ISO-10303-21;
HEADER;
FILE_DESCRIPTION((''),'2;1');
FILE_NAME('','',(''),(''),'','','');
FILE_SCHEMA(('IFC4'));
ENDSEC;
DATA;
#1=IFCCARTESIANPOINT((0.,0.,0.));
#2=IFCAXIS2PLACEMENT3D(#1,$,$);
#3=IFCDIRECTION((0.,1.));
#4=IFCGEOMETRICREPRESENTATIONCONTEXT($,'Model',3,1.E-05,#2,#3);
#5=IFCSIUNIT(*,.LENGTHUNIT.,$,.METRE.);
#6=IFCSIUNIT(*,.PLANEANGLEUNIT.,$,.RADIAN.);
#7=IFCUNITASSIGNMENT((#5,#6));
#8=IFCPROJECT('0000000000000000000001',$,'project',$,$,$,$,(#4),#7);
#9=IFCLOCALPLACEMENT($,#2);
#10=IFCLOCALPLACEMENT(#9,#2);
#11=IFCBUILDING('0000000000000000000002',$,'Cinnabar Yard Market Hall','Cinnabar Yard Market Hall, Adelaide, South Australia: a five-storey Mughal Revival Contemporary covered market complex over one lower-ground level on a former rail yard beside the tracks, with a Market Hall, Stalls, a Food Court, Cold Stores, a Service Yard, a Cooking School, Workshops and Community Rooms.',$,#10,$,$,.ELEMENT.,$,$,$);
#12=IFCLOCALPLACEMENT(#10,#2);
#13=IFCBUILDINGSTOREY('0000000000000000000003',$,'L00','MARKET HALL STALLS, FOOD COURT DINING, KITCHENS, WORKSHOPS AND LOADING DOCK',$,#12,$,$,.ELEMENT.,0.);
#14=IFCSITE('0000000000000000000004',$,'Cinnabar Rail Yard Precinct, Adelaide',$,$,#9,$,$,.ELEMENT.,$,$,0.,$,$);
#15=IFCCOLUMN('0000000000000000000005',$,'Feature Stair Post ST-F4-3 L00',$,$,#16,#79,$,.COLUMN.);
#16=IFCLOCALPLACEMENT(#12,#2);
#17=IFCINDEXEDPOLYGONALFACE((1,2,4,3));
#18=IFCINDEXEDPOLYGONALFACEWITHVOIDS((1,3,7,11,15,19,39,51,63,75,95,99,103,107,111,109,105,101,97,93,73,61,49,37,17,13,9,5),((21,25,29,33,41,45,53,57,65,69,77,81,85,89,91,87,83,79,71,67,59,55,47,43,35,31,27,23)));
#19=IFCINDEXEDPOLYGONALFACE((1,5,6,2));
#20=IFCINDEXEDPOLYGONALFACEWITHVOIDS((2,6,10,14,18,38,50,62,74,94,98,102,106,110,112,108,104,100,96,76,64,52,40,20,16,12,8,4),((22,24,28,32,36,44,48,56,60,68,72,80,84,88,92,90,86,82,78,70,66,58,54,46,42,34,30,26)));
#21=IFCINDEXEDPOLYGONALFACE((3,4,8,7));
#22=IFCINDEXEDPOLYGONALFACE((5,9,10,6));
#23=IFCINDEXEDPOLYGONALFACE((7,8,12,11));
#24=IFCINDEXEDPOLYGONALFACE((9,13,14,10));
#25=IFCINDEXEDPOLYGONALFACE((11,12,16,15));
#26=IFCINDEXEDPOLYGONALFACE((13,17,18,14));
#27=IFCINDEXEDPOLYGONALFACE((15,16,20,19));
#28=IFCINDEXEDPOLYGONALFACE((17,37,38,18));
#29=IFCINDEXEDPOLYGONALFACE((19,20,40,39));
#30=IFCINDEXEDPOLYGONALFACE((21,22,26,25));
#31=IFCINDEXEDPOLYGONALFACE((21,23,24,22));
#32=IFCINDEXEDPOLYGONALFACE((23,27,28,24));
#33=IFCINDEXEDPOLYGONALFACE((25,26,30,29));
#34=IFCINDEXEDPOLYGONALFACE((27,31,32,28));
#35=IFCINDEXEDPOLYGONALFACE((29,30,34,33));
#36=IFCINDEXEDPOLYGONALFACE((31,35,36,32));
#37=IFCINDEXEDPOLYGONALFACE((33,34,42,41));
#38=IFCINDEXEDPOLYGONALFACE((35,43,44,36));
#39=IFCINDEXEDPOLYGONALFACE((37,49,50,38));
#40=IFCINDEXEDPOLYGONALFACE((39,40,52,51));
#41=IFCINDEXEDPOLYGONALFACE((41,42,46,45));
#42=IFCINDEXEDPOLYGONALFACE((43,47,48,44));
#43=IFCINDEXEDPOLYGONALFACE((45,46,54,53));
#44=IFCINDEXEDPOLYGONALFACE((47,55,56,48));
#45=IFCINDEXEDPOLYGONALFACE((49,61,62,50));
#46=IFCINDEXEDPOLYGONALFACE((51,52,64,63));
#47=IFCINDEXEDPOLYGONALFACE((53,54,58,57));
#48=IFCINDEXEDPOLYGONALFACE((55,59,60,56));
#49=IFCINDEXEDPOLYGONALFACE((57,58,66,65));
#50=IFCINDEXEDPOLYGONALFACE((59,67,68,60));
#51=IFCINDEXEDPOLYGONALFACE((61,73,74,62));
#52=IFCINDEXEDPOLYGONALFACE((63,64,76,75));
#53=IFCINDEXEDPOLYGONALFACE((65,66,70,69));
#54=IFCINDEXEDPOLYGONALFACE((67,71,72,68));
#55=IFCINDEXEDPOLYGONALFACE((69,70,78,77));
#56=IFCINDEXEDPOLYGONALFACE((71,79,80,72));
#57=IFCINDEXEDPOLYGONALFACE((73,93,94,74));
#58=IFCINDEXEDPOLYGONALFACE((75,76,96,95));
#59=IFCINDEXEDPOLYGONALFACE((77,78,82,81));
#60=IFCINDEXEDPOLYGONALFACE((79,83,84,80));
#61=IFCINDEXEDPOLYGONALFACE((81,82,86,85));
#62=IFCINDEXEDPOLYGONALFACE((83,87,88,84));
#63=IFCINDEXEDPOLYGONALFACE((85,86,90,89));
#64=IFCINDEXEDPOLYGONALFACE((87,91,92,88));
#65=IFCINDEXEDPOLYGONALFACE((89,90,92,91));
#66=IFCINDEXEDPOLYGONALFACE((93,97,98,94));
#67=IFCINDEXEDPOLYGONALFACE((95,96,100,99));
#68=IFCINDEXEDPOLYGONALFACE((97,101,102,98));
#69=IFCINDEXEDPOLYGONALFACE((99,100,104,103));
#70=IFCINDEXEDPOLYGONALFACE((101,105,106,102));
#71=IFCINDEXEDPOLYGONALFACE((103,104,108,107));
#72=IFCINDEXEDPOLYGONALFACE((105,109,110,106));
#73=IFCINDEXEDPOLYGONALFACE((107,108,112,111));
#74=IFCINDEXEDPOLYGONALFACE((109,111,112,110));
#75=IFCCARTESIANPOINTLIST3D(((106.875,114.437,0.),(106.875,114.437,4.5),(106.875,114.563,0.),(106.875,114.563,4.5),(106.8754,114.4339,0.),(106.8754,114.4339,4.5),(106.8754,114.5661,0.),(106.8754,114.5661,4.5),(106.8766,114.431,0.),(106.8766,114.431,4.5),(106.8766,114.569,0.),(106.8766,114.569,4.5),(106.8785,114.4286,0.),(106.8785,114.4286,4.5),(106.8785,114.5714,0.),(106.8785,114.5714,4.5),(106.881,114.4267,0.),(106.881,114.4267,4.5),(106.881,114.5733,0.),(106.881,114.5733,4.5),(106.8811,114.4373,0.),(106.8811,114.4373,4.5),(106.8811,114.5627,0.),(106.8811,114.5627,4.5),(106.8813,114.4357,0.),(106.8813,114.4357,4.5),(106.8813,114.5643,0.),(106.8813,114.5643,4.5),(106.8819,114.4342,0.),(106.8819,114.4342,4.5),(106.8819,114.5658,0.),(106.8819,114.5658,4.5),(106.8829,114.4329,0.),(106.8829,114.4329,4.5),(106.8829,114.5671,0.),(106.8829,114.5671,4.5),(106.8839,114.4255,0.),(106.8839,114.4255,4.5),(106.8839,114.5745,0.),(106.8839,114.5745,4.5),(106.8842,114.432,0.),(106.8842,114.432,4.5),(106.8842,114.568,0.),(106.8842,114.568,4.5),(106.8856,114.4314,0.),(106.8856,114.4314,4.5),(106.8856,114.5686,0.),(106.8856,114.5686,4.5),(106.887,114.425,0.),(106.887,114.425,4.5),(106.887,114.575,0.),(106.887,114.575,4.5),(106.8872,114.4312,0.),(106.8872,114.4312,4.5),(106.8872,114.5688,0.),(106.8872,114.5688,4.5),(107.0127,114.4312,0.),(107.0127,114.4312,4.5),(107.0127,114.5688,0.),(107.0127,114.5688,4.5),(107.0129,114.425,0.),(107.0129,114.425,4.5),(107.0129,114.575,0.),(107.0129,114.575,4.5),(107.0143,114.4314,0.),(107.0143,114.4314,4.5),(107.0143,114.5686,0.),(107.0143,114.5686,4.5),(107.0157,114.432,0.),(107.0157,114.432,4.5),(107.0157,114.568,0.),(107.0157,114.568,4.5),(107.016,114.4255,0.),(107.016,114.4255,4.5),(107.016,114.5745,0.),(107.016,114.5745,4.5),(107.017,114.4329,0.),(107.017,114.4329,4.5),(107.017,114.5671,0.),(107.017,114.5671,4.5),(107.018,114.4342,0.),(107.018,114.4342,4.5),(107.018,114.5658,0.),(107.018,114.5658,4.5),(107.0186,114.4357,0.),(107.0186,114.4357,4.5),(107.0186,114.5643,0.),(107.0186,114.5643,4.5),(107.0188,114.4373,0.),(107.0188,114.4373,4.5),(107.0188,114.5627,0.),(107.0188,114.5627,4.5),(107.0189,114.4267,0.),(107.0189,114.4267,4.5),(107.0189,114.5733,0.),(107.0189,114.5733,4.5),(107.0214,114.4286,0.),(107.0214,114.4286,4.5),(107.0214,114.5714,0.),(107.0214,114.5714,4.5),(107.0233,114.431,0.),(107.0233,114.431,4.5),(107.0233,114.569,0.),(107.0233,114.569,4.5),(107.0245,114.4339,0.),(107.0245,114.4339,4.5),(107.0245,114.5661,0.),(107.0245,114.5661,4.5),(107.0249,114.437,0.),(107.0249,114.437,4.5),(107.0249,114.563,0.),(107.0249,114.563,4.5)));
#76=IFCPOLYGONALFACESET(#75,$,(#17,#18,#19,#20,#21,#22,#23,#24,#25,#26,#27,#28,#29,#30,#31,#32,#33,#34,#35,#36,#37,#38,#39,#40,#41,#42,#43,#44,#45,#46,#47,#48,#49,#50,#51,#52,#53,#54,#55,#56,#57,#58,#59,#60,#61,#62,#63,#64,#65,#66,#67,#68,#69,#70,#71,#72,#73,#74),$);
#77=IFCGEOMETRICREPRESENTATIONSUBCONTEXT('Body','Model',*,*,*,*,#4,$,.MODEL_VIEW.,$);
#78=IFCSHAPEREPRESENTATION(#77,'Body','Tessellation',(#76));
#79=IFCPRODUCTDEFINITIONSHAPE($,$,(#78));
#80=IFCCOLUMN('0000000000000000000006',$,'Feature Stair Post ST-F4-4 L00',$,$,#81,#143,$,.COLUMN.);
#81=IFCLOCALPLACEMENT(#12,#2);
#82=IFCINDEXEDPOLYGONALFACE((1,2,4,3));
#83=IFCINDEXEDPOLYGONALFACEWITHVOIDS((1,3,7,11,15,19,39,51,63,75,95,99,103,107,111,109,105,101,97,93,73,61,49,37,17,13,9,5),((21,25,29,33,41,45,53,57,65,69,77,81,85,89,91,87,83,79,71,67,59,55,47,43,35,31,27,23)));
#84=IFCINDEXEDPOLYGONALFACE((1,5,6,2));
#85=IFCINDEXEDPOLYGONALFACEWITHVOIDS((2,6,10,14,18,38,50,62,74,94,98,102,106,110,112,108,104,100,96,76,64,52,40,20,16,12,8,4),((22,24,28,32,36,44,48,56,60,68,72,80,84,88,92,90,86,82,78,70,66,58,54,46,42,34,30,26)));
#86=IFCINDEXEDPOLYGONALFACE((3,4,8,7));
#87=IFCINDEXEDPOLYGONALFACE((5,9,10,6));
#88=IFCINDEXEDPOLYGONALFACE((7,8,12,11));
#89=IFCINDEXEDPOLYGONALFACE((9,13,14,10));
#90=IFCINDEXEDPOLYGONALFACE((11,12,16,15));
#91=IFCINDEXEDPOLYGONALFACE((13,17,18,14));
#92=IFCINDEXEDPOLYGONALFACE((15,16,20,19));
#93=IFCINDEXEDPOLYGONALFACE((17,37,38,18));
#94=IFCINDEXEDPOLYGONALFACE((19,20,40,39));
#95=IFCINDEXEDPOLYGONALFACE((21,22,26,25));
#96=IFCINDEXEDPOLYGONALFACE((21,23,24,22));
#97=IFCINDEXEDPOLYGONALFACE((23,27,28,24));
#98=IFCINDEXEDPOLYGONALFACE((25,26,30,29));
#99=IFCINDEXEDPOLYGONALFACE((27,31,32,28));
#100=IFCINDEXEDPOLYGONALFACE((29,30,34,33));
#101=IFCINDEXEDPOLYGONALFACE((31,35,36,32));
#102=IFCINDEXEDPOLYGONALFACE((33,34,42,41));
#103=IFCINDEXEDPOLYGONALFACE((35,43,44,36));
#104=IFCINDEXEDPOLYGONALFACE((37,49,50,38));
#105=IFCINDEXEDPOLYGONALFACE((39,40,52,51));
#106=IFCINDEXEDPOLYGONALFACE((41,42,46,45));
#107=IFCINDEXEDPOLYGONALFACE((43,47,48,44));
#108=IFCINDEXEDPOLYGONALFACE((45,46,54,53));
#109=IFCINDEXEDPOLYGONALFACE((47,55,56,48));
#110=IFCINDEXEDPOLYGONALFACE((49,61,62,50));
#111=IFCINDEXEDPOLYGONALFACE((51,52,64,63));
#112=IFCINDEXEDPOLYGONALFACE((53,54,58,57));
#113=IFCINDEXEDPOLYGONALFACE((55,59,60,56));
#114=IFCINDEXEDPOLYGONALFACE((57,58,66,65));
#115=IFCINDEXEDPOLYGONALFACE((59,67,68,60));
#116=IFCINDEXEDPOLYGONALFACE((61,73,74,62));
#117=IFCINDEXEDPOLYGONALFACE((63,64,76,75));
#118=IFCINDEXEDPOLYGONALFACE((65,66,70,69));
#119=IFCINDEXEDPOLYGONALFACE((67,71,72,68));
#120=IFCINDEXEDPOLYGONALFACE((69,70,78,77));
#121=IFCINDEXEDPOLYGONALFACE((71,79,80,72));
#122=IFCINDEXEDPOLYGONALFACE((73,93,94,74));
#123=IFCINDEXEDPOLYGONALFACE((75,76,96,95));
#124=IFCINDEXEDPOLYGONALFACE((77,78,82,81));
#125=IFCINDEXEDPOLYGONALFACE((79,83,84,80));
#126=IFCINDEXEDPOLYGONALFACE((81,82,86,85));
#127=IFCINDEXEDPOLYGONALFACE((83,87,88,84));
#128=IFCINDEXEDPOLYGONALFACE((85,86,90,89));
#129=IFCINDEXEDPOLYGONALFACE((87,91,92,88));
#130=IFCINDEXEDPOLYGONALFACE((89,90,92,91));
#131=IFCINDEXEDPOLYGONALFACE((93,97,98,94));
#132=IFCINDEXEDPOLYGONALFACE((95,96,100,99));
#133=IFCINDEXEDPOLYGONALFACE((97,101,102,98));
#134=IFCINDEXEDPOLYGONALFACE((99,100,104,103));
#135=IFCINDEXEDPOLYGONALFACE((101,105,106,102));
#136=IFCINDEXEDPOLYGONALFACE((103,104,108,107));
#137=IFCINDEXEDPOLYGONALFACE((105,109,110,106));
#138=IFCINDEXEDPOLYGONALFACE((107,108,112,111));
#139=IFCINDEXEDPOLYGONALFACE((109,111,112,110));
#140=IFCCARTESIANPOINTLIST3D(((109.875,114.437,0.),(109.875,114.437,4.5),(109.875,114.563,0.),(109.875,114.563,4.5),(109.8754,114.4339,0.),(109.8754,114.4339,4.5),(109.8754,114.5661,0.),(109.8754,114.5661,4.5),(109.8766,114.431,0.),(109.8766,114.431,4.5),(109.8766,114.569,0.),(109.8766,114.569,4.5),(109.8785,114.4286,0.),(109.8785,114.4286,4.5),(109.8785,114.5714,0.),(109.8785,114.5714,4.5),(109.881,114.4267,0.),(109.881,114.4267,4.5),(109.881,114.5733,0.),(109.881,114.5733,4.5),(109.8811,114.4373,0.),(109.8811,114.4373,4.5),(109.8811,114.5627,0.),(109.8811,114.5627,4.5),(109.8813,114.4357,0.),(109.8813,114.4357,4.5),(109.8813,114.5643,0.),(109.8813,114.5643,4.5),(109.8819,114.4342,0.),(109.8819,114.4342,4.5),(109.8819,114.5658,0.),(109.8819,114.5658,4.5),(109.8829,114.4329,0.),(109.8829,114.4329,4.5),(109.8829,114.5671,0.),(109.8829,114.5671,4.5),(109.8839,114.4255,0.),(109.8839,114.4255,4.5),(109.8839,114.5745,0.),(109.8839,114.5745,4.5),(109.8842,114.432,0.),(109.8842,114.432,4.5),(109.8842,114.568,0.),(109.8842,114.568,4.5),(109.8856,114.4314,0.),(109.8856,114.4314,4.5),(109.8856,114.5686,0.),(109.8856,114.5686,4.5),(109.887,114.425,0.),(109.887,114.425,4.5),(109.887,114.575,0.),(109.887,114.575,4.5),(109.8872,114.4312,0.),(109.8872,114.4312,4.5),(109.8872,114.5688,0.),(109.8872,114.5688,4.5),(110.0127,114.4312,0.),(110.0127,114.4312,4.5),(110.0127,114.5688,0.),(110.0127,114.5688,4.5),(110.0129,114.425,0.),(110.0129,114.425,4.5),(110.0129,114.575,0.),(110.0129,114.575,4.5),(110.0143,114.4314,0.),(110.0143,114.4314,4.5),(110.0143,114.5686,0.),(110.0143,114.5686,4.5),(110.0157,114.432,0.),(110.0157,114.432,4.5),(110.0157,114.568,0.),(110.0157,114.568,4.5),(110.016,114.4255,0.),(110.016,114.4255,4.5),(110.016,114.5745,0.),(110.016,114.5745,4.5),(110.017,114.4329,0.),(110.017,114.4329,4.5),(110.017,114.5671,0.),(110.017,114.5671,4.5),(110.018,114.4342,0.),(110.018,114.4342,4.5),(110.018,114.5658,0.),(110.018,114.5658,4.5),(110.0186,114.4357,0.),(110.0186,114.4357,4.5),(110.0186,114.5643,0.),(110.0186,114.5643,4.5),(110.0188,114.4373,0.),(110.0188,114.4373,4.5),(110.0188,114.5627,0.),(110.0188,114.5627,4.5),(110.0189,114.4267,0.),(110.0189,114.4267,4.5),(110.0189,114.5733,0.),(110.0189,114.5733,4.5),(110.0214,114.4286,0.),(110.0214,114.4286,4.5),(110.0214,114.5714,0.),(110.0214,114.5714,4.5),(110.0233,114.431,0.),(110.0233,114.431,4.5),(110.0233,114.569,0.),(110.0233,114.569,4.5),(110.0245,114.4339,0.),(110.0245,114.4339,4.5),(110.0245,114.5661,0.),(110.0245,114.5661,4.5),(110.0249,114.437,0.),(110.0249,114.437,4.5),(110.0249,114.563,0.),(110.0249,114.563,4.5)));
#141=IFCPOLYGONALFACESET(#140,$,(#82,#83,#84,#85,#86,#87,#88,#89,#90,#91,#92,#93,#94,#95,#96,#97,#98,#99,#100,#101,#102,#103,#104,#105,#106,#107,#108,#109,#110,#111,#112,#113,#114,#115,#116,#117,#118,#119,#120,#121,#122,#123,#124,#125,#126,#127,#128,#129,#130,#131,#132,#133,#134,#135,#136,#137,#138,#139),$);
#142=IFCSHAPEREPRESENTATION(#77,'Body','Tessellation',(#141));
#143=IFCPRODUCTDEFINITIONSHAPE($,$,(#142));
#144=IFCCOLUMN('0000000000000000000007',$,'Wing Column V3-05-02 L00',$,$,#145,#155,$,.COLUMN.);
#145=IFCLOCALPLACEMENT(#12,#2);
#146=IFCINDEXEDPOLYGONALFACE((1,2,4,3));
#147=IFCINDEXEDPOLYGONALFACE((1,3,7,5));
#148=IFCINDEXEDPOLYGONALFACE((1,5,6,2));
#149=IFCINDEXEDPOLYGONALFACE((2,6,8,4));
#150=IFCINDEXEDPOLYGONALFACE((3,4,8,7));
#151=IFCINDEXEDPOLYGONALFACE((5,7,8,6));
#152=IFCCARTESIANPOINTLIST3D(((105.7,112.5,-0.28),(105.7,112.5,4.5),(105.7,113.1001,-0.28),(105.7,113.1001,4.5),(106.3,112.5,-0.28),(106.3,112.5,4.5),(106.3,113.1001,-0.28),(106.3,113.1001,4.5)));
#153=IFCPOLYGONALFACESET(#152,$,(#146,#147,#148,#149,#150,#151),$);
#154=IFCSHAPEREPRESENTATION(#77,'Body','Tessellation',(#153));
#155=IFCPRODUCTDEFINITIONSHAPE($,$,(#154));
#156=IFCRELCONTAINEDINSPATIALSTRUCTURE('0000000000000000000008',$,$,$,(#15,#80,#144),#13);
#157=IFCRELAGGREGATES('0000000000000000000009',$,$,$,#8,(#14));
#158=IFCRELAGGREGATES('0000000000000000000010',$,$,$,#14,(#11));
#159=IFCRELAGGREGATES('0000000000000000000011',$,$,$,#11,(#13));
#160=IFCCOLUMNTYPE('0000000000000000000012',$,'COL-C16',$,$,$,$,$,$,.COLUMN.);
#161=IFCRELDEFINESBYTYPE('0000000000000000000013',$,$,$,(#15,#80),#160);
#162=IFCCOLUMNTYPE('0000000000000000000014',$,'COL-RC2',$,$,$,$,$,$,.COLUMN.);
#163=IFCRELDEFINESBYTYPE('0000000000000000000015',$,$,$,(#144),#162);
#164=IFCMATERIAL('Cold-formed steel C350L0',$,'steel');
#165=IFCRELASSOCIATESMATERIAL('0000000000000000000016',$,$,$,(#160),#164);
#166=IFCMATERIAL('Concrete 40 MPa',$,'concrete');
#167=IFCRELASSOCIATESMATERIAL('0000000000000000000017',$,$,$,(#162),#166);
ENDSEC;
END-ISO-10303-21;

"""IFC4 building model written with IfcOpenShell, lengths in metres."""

from ifc_helpers import new_model, si_unit, direction, frame, origin, origin_2d_with_axis, place, context, subcontext, project, spatial, rectangle, hollow_rectangle, extrude, material, material_profile, profile_set, type_object, element, save


model = new_model("IFC4")

# Units and contexts
model_context = context("Model", 3, precision=1e-05, world=origin(), true_north=direction((0.0, 1.0)))
body_context = subcontext(model_context, "Body", "Model", "MODEL_VIEW")
ifc_project = project(units=[si_unit("LENGTHUNIT", "METRE"), si_unit("PLANEANGLEUNIT", "RADIAN")], contexts=[model_context])

# Site, building, storey
site_placement = place(None, origin())
site = spatial("IfcSite", under=ifc_project, at=site_placement, Name="Cinnabar Rail Yard Precinct, Adelaide", CompositionType="ELEMENT", RefElevation=0.0)
building_placement = place(site_placement, origin())
building = spatial("IfcBuilding", under=site, at=building_placement, Name="Cinnabar Yard Market Hall", Description="Cinnabar Yard Market Hall, Adelaide, South Australia: a five-storey Mughal Revival Contemporary covered market complex over one lower-ground level on a former rail yard beside the tracks, with a Market Hall, Stalls, a Food Court, Cold Stores, a Service Yard, a Cooking School, Workshops and Community Rooms.", CompositionType="ELEMENT")
storey_placement = place(building_placement, origin())
storey = spatial("IfcBuildingStorey", under=building, at=storey_placement, Name="L00", Description="MARKET HALL STALLS, FOOD COURT DINING, KITCHENS, WORKSHOPS AND LOADING DOCK", CompositionType="ELEMENT", Elevation=0.0)

# Columns
ifc_material_1 = material(Name="Cold-formed steel C350L0", Category="steel")
ifc_material_profile_1 = material_profile(ifc_material_1, hollow_rectangle(XDim=0.1499, YDim=0.1499, WallThickness=0.0061, InnerFilletRadius=0.0061, OuterFilletRadius=0.012, at=origin_2d_with_axis()), Name="150x150x6.0SHS")
ifc_profile_set_1 = profile_set([ifc_material_profile_1], Name="Cold-formed steel C350L0")
column_type_1 = type_object("IfcColumnType", Name="COL-C16", PredefinedType="COLUMN", material=ifc_profile_set_1)
for number, where, z_axis, x_axis, name in (
    (1, (106.95, 114.5, 0.0), (0.0, 0.0, 1.0), (1.0, 0.0, 0.0), "Feature Stair Post ST-F4-3 L00"),
    (2, (109.95, 114.5, 0.0), (0.0, 0.0, 1.0), (1.0, 0.0, 0.0), "Feature Stair Post ST-F4-4 L00"),
):
    element("IfcColumn", number, at=place(storey_placement, frame(where, z_axis=z_axis, x_axis=x_axis)), inside=storey, type_object=column_type_1, Name=name, PredefinedType="COLUMN", context=body_context, shape_type="SweptSolid", body=[
        extrude(hollow_rectangle(XDim=0.1499, YDim=0.1499, WallThickness=0.0061, InnerFilletRadius=0.0061, OuterFilletRadius=0.012, at=origin_2d_with_axis()), origin(), (0.0, 0.0, 1.0), 4.5),
    ])
ifc_material_2 = material(Name="Concrete 40 MPa", Category="concrete")
ifc_material_profile_2 = material_profile(ifc_material_2, rectangle(XDim=0.6001, YDim=0.6001, at=origin_2d_with_axis()), Name="RC-600x600")
ifc_profile_set_2 = profile_set([ifc_material_profile_2], Name="Concrete 40 MPa")
column_type_2 = type_object("IfcColumnType", Name="COL-RC2", PredefinedType="COLUMN", material=ifc_profile_set_2)
column_1_placement = place(storey_placement, frame((106.0, 112.8, -0.28), z_axis=(0.0, 0.0, 1.0), x_axis=(1.0, 0.0, 0.0)))
element("IfcColumn", 3, at=column_1_placement, inside=storey, type_object=column_type_2, Name="Wing Column V3-05-02 L00", PredefinedType="COLUMN", context=body_context, shape_type="SweptSolid", body=[
    extrude(rectangle(XDim=0.6001, YDim=0.6001, at=origin_2d_with_axis()), origin(), (0.0, 0.0, 1.0), 4.78),
])

save(model, "model.ifc")
